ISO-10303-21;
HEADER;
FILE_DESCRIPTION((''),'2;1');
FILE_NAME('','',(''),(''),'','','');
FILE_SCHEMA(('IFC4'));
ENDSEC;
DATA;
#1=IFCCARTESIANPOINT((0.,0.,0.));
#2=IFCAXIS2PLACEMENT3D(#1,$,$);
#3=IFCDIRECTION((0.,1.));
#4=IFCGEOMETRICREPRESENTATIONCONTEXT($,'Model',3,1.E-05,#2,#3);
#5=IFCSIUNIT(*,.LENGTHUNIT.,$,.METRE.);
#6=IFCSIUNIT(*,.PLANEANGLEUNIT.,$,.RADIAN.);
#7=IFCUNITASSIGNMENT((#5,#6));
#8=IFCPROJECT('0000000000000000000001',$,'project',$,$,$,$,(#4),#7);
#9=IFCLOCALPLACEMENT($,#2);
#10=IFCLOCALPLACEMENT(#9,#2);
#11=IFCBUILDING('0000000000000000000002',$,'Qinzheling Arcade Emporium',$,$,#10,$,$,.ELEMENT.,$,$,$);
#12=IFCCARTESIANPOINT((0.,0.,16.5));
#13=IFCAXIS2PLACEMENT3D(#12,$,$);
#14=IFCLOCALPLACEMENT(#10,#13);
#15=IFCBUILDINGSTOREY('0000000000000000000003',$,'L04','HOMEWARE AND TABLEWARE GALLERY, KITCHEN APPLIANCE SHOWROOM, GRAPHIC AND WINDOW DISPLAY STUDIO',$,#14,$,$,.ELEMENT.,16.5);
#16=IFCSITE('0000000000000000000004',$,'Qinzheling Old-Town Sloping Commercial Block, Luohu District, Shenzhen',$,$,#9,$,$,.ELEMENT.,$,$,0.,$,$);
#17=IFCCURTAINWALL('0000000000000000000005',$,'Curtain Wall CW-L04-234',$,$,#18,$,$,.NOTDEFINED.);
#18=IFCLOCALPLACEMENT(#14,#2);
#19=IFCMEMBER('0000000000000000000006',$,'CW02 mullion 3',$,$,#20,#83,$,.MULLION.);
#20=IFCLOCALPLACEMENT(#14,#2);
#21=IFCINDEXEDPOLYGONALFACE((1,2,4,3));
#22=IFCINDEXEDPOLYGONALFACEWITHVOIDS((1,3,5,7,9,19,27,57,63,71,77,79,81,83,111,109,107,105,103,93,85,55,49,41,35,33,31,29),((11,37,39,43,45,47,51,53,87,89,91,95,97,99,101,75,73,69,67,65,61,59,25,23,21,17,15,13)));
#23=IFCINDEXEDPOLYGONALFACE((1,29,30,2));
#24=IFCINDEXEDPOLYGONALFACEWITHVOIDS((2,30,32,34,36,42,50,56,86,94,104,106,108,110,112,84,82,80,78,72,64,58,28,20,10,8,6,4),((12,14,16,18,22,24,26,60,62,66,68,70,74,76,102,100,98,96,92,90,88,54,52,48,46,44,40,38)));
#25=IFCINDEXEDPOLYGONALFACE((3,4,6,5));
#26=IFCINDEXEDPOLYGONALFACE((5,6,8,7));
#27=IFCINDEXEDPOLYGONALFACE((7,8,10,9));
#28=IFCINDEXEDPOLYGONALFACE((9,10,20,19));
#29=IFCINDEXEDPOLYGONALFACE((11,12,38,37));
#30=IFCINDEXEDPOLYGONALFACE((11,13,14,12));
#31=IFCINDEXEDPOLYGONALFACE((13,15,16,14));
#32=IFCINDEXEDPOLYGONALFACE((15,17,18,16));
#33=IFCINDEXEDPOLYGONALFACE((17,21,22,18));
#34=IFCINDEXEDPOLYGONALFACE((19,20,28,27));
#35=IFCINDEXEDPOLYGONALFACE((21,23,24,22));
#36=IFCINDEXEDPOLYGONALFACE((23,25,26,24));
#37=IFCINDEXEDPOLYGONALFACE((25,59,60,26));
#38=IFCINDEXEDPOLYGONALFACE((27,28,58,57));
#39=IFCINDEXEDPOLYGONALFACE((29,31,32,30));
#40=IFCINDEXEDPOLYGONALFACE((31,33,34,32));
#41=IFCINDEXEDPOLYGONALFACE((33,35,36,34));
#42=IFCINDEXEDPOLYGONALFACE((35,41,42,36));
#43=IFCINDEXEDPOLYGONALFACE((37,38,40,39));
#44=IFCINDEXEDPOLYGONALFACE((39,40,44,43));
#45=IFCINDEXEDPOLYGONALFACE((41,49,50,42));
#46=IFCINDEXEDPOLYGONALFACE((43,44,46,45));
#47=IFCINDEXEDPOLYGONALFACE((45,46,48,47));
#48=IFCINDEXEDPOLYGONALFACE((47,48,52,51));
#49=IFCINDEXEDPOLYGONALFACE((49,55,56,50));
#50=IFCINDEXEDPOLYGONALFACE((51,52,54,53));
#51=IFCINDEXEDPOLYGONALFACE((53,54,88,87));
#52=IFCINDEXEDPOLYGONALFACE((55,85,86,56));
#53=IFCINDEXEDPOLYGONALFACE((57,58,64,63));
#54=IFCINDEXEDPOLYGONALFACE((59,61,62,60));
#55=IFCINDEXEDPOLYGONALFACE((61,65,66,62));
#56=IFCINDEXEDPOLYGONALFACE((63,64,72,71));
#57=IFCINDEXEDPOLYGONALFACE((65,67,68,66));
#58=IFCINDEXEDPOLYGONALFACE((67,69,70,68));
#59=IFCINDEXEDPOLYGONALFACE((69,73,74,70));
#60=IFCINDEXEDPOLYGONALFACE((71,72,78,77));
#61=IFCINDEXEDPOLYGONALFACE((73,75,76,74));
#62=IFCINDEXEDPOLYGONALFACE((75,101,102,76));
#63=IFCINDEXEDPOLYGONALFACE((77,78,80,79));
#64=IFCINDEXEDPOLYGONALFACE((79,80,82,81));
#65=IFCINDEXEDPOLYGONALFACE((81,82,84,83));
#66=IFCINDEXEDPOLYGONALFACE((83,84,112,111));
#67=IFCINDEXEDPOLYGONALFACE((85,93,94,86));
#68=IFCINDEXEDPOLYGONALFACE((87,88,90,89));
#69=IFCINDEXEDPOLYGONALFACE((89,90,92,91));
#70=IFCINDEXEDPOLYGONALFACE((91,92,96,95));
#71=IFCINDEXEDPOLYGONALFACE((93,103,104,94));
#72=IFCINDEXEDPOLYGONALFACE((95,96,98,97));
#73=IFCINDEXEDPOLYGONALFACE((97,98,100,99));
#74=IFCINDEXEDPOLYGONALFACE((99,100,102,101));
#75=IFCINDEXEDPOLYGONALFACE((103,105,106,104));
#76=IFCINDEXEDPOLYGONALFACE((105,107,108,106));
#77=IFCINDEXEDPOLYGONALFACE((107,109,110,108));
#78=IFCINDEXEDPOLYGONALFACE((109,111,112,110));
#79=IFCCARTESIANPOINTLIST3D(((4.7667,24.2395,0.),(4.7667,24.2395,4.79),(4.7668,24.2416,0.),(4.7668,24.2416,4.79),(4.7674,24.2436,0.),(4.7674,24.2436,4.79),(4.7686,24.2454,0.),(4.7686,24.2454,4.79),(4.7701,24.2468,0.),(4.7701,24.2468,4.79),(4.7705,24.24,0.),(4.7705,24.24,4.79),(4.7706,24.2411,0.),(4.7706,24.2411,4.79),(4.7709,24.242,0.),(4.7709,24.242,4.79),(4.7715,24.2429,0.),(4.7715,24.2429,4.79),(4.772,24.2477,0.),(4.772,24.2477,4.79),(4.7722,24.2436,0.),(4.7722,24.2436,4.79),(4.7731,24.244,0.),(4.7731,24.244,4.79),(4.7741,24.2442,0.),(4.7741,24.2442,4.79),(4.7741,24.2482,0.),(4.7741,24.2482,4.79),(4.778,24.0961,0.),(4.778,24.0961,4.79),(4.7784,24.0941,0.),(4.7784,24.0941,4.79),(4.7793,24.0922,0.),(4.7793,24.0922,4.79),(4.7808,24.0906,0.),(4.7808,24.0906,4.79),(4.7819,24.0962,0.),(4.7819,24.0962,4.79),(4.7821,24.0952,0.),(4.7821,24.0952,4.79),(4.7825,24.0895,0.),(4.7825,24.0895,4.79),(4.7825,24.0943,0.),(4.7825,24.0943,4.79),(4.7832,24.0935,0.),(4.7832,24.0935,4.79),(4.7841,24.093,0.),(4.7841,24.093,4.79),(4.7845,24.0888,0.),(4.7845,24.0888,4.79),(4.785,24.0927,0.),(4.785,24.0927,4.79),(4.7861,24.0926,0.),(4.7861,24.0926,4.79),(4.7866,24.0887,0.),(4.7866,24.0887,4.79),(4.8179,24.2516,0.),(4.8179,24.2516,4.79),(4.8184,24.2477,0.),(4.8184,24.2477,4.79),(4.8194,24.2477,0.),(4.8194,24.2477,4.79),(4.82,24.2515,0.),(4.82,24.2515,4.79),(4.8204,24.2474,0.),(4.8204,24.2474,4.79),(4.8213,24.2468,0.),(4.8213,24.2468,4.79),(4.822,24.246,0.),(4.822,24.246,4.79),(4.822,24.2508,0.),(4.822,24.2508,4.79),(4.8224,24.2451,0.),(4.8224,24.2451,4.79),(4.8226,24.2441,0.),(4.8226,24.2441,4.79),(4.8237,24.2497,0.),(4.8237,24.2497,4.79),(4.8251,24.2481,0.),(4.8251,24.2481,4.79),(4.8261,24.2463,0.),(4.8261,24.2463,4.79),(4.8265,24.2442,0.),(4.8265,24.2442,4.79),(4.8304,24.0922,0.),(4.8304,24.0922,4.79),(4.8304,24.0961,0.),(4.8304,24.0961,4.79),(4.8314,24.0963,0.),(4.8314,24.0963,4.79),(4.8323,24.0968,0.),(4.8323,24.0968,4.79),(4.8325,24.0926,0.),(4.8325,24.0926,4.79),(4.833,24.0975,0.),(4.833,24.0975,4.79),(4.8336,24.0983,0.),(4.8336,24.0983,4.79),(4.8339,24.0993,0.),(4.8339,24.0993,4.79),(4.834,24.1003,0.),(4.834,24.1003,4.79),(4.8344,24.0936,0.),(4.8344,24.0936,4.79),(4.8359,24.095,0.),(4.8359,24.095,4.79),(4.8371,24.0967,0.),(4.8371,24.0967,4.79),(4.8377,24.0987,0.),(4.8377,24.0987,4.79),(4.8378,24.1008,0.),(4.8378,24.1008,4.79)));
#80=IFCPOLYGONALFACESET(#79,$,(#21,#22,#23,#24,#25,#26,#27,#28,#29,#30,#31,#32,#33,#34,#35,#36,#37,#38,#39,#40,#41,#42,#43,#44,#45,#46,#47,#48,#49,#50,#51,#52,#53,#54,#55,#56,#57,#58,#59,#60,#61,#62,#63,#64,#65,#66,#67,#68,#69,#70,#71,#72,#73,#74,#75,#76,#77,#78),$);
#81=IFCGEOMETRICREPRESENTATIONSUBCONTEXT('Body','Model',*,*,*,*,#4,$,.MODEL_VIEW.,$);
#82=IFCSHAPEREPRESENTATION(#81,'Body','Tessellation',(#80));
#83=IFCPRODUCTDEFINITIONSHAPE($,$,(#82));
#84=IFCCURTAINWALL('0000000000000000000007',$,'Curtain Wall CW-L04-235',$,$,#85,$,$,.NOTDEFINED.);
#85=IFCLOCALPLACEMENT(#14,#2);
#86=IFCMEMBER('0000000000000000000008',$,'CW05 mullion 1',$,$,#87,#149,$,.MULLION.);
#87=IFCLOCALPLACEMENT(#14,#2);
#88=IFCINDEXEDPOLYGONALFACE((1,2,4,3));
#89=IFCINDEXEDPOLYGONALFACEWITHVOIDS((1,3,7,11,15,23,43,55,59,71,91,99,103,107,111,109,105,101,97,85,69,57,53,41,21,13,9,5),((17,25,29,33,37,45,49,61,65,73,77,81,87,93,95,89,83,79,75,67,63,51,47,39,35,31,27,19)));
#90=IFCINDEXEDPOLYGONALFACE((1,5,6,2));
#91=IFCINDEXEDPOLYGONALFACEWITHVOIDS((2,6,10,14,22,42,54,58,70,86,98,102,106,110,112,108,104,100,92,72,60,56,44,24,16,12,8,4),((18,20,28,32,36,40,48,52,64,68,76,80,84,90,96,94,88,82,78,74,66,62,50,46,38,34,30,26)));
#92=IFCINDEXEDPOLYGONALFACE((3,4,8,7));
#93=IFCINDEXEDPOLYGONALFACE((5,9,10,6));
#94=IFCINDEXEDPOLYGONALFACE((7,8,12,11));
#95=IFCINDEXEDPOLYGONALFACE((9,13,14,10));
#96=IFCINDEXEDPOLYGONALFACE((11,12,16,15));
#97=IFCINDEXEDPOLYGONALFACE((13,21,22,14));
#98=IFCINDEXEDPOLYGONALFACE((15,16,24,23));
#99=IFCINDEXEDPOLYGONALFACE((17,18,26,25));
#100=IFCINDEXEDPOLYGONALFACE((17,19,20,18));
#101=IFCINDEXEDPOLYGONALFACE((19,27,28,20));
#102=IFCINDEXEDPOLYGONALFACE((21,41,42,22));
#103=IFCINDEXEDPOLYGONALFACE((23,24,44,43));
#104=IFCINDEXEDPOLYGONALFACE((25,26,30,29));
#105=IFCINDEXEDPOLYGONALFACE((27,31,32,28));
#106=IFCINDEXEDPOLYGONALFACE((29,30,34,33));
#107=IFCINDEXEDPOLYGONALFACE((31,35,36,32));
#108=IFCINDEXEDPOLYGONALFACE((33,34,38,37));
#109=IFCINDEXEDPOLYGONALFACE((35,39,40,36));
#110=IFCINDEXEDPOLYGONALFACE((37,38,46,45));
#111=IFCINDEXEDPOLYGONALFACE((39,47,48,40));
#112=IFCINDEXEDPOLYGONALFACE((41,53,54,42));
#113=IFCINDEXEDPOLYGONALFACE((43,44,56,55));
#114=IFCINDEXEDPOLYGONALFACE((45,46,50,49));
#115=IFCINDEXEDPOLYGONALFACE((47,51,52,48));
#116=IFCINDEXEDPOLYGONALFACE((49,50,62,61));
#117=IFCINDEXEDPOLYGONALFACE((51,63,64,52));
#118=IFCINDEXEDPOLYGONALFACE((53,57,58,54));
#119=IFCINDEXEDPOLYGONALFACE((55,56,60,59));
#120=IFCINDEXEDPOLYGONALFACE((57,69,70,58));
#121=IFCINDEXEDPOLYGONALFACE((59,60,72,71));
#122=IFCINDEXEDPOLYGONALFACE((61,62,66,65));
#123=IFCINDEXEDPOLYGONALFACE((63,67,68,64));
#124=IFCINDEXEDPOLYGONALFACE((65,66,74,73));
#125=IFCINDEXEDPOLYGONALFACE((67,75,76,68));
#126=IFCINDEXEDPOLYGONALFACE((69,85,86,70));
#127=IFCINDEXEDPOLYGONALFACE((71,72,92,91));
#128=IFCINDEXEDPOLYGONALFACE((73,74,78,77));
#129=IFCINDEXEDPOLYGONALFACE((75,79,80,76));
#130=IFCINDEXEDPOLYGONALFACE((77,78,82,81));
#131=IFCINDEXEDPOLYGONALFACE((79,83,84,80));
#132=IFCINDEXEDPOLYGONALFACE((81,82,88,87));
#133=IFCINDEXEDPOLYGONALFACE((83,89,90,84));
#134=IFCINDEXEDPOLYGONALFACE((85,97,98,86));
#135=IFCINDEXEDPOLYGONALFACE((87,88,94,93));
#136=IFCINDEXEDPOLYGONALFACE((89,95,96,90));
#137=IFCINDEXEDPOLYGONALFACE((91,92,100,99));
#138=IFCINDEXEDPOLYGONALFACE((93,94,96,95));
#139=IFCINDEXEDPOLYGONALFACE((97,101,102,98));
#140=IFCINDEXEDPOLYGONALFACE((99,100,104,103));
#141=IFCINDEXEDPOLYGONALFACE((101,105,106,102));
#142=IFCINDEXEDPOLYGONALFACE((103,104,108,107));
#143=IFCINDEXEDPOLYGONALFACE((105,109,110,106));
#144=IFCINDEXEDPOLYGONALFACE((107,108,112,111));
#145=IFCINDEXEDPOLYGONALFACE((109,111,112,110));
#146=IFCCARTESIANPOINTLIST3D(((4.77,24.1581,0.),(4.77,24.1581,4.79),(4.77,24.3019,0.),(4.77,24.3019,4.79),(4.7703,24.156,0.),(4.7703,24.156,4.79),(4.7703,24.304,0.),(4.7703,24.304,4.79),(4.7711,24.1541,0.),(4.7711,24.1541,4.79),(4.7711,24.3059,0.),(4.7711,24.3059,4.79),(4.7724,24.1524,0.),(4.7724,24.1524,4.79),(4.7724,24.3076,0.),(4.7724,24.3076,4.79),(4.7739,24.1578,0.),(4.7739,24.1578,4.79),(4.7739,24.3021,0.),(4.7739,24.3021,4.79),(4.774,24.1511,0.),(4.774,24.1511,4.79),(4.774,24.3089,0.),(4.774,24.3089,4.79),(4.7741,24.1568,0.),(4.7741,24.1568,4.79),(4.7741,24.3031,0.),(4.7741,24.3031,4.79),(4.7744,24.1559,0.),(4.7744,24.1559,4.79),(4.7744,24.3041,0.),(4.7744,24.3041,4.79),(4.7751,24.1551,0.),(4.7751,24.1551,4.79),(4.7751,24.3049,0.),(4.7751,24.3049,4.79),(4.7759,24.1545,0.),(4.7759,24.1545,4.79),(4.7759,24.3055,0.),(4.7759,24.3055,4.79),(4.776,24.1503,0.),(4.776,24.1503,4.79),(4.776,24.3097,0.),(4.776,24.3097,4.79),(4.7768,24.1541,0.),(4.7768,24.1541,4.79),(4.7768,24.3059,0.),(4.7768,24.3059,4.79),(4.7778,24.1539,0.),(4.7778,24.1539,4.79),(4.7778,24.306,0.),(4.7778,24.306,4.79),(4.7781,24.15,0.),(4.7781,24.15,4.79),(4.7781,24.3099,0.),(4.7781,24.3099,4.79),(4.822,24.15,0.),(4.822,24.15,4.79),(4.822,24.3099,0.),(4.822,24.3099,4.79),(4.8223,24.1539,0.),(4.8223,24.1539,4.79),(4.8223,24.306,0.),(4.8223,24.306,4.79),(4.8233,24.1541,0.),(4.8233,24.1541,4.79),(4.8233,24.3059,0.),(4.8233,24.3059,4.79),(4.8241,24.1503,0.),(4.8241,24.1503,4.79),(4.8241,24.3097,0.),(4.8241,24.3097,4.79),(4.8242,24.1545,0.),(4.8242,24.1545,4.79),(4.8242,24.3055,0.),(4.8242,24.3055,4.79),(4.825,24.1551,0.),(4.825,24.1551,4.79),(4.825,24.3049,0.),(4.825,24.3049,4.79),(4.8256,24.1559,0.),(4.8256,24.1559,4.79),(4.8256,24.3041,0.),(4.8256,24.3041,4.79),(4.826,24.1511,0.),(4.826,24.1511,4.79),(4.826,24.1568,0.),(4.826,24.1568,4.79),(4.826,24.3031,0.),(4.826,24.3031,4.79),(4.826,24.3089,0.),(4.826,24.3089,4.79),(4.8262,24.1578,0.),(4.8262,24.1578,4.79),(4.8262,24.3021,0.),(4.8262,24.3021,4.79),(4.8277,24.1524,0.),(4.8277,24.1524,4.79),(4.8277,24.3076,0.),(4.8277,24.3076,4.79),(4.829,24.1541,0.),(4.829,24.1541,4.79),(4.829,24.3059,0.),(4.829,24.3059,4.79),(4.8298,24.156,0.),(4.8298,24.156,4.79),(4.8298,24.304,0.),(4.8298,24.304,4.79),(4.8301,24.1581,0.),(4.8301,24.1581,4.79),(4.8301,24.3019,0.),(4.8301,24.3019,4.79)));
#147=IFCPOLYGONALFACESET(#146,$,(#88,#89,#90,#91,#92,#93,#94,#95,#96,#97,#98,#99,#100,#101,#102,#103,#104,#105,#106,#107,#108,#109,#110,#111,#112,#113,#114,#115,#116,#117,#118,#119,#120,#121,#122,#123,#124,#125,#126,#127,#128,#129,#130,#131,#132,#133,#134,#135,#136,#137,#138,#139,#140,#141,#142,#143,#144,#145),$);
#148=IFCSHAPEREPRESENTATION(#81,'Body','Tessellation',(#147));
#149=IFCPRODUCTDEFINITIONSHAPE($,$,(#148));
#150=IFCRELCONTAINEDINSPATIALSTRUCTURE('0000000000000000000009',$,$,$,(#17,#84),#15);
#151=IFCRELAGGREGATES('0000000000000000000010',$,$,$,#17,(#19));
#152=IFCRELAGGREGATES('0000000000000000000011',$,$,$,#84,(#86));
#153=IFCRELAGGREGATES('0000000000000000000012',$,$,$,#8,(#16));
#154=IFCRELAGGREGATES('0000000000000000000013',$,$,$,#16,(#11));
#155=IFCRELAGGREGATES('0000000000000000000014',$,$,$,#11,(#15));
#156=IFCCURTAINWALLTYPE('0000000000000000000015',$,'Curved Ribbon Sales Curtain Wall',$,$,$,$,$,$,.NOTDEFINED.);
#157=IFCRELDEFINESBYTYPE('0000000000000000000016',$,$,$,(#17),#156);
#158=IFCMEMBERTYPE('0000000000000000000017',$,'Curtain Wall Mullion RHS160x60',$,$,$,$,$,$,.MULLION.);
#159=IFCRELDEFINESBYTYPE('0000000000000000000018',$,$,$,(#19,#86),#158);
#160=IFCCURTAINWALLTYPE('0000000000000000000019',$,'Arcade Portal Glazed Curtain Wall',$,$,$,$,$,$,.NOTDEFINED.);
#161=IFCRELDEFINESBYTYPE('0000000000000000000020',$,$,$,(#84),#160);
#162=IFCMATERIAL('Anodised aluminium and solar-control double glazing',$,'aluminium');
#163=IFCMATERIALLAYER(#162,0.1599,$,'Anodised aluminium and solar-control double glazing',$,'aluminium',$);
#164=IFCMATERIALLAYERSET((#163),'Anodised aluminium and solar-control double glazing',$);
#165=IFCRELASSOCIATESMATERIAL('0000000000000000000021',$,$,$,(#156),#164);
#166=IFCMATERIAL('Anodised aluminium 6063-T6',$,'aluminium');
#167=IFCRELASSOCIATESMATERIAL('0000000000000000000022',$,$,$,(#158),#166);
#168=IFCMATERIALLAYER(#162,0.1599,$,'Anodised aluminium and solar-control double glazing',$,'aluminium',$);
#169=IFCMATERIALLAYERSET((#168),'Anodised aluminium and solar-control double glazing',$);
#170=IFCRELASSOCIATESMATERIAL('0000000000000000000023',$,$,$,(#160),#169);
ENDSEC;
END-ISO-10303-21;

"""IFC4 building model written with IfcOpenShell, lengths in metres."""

from ifc_helpers import new_model, si_unit, direction, frame, origin, origin_2d, place, context, subcontext, project, spatial, hollow_rectangle, extrude, material, layer, layer_set, material_profile, profile_set, type_object, element, aggregate, save


model = new_model("IFC4")

# Units and contexts
model_context = context("Model", 3, precision=1e-05, world=origin(), true_north=direction((0.0, 1.0)))
body_context = subcontext(model_context, "Body", "Model", "MODEL_VIEW")
ifc_project = project(units=[si_unit("LENGTHUNIT", "METRE"), si_unit("PLANEANGLEUNIT", "RADIAN")], contexts=[model_context])

# Site, building, storey
site_placement = place(None, origin())
site = spatial("IfcSite", under=ifc_project, at=site_placement, Name="Qinzheling Old-Town Sloping Commercial Block, Luohu District, Shenzhen", CompositionType="ELEMENT", RefElevation=0.0)
building_placement = place(site_placement, origin())
building = spatial("IfcBuilding", under=site, at=building_placement, Name="Qinzheling Arcade Emporium", CompositionType="ELEMENT")
storey_placement = place(building_placement, frame((0.0, 0.0, 16.5)))
storey = spatial("IfcBuildingStorey", under=building, at=storey_placement, Name="L04", Description="HOMEWARE AND TABLEWARE GALLERY, KITCHEN APPLIANCE SHOWROOM, GRAPHIC AND WINDOW DISPLAY STUDIO", CompositionType="ELEMENT", Elevation=16.5)

# Curtain walls, members
ifc_material_1 = material(Name="Anodised aluminium and solar-control double glazing", Category="aluminium")
ifc_layer_1 = layer(ifc_material_1, 0.1599, Name="Anodised aluminium and solar-control double glazing", Category="aluminium")
ifc_layer_set_1 = layer_set([ifc_layer_1], Name="Anodised aluminium and solar-control double glazing")
curtain_wall_type_1 = type_object("IfcCurtainWallType", Name="Curved Ribbon Sales Curtain Wall", PredefinedType="NOTDEFINED", material=ifc_layer_set_1)
ifc_material_2 = material(Name="Anodised aluminium 6063-T6", Category="aluminium")
ifc_material_profile_1 = material_profile(ifc_material_2, hollow_rectangle(XDim=0.0601, YDim=0.1599, WallThickness=0.0039, InnerFilletRadius=0.0039, OuterFilletRadius=0.0081, at=origin_2d()), Name="RHS 160x60x4", Category="aluminium")
ifc_profile_set_1 = profile_set([ifc_material_profile_1], Name="Anodised aluminium 6063-T6")
member_type_1 = type_object("IfcMemberType", Name="Curtain Wall Mullion RHS160x60", PredefinedType="MULLION", material=ifc_profile_set_1)
curtain_wall_1_placement = place(storey_placement, origin())
curtain_wall_1 = element("IfcCurtainWall", 1, at=curtain_wall_1_placement, inside=storey, type_object=curtain_wall_type_1, Name="Curtain Wall CW-L04-234", PredefinedType="NOTDEFINED")
member_1_placement = place(storey_placement, frame((4.8022, 24.1702, 0.0), z_axis=(0.0, 0.0, 1.0), x_axis=(-0.996915, -0.07849, 0.0)))
member_1 = element("IfcMember", 2, at=member_1_placement, type_object=member_type_1, Name="CW02 mullion 3", PredefinedType="MULLION", context=body_context, shape_type="SweptSolid", body=[
    extrude(hollow_rectangle(XDim=0.0601, YDim=0.1599, WallThickness=0.0039, InnerFilletRadius=0.0039, OuterFilletRadius=0.0081, at=origin_2d()), origin(), (0.0, 0.0, 1.0), 4.79),
])
ifc_layer_2 = layer(ifc_material_1, 0.1599, Name="Anodised aluminium and solar-control double glazing", Category="aluminium")
ifc_layer_set_2 = layer_set([ifc_layer_2], Name="Anodised aluminium and solar-control double glazing")
curtain_wall_type_2 = type_object("IfcCurtainWallType", Name="Arcade Portal Glazed Curtain Wall", PredefinedType="NOTDEFINED", material=ifc_layer_set_2)
curtain_wall_2_placement = place(storey_placement, origin())
curtain_wall_2 = element("IfcCurtainWall", 3, at=curtain_wall_2_placement, inside=storey, type_object=curtain_wall_type_2, Name="Curtain Wall CW-L04-235", PredefinedType="NOTDEFINED")
member_2_placement = place(storey_placement, frame((4.8, 24.23, 0.0), z_axis=(0.0, 0.0, 1.0), x_axis=(-1.0, 0.0, 0.0)))
member_2 = element("IfcMember", 4, at=member_2_placement, type_object=member_type_1, Name="CW05 mullion 1", PredefinedType="MULLION", context=body_context, shape_type="SweptSolid", body=[
    extrude(hollow_rectangle(XDim=0.0601, YDim=0.1599, WallThickness=0.0039, InnerFilletRadius=0.0039, OuterFilletRadius=0.0081, at=origin_2d()), origin(), (0.0, 0.0, 1.0), 4.79),
])

aggregate(curtain_wall_1, [member_1])
aggregate(curtain_wall_2, [member_2])

save(model, "model.ifc")
